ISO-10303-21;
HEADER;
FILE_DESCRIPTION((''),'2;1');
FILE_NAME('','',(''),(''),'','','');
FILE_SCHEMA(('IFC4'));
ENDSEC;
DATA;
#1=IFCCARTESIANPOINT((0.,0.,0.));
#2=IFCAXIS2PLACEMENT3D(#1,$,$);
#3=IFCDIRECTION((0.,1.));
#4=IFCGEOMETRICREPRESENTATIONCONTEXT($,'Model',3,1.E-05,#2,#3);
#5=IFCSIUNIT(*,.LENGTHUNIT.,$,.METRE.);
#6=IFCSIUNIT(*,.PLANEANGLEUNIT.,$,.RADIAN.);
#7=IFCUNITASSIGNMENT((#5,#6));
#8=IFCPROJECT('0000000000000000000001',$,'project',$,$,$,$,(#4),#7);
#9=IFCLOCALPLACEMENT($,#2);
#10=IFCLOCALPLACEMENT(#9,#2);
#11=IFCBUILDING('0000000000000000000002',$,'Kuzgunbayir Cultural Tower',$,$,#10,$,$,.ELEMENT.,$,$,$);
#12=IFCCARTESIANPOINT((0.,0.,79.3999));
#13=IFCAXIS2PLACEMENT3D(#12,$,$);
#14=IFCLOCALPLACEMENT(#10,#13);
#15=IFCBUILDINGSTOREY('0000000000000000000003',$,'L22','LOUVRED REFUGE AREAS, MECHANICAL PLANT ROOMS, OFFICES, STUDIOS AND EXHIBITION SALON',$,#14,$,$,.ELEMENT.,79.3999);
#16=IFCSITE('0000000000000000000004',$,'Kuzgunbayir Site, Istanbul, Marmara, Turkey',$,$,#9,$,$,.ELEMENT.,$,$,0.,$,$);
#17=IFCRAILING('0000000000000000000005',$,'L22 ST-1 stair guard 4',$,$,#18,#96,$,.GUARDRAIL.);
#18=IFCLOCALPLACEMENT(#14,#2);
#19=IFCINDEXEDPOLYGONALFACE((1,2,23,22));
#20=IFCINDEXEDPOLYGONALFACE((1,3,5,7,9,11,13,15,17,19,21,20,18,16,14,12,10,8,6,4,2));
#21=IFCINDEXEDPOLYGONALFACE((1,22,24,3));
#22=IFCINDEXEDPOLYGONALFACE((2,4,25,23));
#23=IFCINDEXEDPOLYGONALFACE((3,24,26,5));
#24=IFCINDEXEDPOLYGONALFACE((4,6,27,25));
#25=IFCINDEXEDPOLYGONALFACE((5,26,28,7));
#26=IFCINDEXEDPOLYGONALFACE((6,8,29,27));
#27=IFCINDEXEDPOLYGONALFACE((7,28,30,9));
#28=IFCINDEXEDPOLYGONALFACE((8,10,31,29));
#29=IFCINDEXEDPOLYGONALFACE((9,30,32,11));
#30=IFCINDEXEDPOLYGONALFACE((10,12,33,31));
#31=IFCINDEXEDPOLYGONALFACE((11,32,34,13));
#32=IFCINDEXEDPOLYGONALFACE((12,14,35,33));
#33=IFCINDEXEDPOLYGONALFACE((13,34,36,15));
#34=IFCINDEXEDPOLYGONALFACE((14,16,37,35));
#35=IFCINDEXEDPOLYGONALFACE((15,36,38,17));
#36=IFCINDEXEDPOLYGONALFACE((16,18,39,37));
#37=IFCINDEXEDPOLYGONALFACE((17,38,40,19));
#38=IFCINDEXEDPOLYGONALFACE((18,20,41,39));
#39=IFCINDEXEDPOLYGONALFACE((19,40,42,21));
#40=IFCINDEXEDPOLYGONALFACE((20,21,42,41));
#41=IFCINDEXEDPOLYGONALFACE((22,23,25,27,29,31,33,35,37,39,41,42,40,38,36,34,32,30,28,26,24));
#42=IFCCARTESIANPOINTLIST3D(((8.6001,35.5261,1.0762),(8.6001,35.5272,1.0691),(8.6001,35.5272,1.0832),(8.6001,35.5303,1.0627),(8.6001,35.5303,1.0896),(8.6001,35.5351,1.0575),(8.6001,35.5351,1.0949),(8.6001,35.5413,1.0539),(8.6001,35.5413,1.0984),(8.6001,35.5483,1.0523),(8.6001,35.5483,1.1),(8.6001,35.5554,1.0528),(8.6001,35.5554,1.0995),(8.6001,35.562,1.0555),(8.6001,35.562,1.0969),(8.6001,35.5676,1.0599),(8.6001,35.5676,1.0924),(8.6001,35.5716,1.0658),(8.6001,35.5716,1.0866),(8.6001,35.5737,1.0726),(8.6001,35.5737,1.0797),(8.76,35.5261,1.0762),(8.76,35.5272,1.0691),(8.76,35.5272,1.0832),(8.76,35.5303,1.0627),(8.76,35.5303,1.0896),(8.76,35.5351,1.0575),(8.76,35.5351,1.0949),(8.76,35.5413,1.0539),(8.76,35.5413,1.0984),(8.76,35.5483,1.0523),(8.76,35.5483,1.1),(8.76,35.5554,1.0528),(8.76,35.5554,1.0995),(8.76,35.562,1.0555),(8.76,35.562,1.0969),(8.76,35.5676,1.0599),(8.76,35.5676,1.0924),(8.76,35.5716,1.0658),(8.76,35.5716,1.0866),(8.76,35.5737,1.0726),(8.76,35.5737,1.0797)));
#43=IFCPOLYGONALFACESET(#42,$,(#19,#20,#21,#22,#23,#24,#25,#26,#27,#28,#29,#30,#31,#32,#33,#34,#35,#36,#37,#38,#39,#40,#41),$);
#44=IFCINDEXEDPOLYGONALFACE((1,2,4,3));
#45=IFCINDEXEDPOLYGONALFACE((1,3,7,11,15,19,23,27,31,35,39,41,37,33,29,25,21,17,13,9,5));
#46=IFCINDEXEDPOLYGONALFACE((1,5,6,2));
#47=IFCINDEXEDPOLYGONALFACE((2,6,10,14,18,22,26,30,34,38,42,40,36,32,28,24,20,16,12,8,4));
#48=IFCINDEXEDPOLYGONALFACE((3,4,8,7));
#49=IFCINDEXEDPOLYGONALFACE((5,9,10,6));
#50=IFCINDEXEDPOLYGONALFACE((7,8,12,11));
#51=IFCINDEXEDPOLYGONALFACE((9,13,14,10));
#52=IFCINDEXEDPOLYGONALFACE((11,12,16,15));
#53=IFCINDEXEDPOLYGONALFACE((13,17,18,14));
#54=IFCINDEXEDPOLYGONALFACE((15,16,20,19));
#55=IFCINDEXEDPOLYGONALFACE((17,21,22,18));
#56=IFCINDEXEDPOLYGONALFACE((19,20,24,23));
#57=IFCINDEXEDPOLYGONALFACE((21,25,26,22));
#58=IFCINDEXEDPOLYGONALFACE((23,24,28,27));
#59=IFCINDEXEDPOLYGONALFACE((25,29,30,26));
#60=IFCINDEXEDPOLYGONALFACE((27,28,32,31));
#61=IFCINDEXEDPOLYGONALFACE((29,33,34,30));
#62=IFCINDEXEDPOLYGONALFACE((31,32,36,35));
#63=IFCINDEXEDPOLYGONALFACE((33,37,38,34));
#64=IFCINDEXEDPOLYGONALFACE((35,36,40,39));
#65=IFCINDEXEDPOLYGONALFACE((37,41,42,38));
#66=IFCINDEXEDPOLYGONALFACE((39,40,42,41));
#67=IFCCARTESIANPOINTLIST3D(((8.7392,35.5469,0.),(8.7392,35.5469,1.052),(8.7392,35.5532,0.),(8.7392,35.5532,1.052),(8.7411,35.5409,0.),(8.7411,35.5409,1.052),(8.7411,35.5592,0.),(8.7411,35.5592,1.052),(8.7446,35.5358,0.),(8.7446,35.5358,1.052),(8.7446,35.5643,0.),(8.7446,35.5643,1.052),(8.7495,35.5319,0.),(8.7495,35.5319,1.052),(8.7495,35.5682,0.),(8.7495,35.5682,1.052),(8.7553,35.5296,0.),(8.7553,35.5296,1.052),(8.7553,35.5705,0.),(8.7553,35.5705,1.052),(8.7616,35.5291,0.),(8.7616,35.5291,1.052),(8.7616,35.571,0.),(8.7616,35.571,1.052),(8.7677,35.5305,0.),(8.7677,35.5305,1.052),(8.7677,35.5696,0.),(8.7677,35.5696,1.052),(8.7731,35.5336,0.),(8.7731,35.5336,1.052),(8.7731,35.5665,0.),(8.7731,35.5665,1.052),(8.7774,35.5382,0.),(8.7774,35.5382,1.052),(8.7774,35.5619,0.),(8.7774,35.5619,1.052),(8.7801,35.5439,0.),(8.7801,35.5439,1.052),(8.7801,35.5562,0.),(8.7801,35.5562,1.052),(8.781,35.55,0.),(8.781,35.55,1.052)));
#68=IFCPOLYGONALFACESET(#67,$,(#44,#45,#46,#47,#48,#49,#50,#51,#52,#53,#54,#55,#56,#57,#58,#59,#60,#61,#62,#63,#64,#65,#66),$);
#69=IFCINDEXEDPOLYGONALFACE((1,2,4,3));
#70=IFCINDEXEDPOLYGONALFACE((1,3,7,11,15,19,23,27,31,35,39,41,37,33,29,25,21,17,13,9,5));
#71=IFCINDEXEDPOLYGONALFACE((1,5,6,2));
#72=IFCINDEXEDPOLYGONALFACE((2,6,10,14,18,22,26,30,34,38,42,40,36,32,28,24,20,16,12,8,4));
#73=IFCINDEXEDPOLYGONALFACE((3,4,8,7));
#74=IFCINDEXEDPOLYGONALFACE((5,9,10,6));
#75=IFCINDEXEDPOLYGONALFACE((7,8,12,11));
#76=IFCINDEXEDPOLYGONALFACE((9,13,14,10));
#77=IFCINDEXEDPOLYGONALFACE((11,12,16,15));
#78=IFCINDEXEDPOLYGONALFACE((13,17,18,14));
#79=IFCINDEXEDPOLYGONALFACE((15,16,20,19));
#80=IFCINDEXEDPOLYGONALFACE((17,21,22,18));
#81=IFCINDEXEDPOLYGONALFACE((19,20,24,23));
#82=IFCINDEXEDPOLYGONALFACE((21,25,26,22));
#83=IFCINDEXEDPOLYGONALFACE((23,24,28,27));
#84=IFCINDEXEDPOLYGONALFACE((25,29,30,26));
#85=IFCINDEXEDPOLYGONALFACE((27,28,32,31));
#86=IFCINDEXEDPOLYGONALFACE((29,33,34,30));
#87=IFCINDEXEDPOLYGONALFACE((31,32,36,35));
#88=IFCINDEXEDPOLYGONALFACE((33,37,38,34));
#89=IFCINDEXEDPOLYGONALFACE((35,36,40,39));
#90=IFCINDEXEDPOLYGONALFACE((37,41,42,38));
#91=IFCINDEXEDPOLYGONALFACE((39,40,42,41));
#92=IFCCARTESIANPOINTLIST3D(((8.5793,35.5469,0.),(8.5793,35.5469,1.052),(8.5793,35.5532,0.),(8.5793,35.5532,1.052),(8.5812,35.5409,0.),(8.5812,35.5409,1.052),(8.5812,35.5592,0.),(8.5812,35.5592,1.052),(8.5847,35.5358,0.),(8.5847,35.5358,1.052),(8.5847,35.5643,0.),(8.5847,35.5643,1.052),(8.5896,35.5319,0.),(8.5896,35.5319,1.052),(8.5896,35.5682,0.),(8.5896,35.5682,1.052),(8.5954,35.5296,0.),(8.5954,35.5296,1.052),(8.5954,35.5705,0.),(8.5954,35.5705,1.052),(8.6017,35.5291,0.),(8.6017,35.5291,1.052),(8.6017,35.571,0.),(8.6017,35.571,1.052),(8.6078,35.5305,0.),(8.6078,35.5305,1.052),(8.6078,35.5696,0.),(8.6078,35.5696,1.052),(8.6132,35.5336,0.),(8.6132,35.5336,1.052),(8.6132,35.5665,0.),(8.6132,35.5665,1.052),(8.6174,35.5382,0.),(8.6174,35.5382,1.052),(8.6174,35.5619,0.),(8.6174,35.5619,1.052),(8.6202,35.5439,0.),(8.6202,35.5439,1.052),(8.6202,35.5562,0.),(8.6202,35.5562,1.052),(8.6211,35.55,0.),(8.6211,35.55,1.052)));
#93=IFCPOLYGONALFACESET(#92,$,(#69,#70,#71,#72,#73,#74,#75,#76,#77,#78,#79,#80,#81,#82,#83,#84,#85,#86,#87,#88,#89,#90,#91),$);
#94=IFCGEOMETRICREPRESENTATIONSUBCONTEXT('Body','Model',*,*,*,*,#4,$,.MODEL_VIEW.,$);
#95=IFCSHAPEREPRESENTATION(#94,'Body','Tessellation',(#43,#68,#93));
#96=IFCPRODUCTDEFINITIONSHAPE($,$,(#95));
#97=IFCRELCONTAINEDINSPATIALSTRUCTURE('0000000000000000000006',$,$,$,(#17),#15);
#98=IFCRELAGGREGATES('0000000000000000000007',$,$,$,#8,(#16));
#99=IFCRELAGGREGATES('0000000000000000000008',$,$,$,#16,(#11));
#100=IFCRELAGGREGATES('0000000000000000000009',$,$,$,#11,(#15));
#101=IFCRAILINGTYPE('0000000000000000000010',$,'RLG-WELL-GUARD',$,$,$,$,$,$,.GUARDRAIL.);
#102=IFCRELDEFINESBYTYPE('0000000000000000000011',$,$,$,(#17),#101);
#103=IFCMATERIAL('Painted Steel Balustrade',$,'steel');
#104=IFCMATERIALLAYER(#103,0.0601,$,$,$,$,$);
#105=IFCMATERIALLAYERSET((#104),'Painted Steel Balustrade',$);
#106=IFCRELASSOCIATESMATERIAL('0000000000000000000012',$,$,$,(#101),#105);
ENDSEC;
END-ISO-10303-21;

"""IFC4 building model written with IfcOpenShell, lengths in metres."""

from ifc_helpers import new_model, si_unit, direction, frame, origin, origin_2d, place, context, subcontext, project, spatial, circle, extrude, material, layer, layer_set, type_object, element, save


model = new_model("IFC4")

# Units and contexts
model_context = context("Model", 3, precision=1e-05, world=origin(), true_north=direction((0.0, 1.0)))
body_context = subcontext(model_context, "Body", "Model", "MODEL_VIEW")
ifc_project = project(units=[si_unit("LENGTHUNIT", "METRE"), si_unit("PLANEANGLEUNIT", "RADIAN")], contexts=[model_context])

# Site, building, storey
site_placement = place(None, origin())
site = spatial("IfcSite", under=ifc_project, at=site_placement, Name="Kuzgunbayir Site, Istanbul, Marmara, Turkey", CompositionType="ELEMENT", RefElevation=0.0)
building_placement = place(site_placement, origin())
building = spatial("IfcBuilding", under=site, at=building_placement, Name="Kuzgunbayir Cultural Tower", CompositionType="ELEMENT")
storey_placement = place(building_placement, frame((0.0, 0.0, 79.3999)))
storey = spatial("IfcBuildingStorey", under=building, at=storey_placement, Name="L22", Description="LOUVRED REFUGE AREAS, MECHANICAL PLANT ROOMS, OFFICES, STUDIOS AND EXHIBITION SALON", CompositionType="ELEMENT", Elevation=79.3999)

# Railing
ifc_material_1 = material(Name="Painted Steel Balustrade", Category="steel")
ifc_layer_1 = layer(ifc_material_1, 0.0601)
ifc_layer_set_1 = layer_set([ifc_layer_1], Name="Painted Steel Balustrade")
railing_type_1 = type_object("IfcRailingType", Name="RLG-WELL-GUARD", PredefinedType="GUARDRAIL", material=ifc_layer_set_1)
railing_1_placement = place(storey_placement, frame((8.76, 35.55, 0.0)))
element("IfcRailing", 1, at=railing_1_placement, inside=storey, type_object=railing_type_1, Name="L22 ST-1 stair guard 4", PredefinedType="GUARDRAIL", context=body_context, shape_type="SweptSolid", body=[
    extrude(circle(Radius=0.0239, at=origin_2d()), frame((0.0, 0.0, 1.0762), z_axis=(-1.0, 0.0, 0.0), x_axis=(0.0, -1.0, 0.0)), (0.0, 0.0, 1.0), 0.1599),
    extrude(circle(Radius=0.021, at=origin_2d()), origin(), (0.0, 0.0, 1.0), 1.052),
    extrude(circle(Radius=0.021, at=origin_2d()), frame((-0.1599, 0.0, 0.0)), (0.0, 0.0, 1.0), 1.052),
])

save(model, "model.ifc")
